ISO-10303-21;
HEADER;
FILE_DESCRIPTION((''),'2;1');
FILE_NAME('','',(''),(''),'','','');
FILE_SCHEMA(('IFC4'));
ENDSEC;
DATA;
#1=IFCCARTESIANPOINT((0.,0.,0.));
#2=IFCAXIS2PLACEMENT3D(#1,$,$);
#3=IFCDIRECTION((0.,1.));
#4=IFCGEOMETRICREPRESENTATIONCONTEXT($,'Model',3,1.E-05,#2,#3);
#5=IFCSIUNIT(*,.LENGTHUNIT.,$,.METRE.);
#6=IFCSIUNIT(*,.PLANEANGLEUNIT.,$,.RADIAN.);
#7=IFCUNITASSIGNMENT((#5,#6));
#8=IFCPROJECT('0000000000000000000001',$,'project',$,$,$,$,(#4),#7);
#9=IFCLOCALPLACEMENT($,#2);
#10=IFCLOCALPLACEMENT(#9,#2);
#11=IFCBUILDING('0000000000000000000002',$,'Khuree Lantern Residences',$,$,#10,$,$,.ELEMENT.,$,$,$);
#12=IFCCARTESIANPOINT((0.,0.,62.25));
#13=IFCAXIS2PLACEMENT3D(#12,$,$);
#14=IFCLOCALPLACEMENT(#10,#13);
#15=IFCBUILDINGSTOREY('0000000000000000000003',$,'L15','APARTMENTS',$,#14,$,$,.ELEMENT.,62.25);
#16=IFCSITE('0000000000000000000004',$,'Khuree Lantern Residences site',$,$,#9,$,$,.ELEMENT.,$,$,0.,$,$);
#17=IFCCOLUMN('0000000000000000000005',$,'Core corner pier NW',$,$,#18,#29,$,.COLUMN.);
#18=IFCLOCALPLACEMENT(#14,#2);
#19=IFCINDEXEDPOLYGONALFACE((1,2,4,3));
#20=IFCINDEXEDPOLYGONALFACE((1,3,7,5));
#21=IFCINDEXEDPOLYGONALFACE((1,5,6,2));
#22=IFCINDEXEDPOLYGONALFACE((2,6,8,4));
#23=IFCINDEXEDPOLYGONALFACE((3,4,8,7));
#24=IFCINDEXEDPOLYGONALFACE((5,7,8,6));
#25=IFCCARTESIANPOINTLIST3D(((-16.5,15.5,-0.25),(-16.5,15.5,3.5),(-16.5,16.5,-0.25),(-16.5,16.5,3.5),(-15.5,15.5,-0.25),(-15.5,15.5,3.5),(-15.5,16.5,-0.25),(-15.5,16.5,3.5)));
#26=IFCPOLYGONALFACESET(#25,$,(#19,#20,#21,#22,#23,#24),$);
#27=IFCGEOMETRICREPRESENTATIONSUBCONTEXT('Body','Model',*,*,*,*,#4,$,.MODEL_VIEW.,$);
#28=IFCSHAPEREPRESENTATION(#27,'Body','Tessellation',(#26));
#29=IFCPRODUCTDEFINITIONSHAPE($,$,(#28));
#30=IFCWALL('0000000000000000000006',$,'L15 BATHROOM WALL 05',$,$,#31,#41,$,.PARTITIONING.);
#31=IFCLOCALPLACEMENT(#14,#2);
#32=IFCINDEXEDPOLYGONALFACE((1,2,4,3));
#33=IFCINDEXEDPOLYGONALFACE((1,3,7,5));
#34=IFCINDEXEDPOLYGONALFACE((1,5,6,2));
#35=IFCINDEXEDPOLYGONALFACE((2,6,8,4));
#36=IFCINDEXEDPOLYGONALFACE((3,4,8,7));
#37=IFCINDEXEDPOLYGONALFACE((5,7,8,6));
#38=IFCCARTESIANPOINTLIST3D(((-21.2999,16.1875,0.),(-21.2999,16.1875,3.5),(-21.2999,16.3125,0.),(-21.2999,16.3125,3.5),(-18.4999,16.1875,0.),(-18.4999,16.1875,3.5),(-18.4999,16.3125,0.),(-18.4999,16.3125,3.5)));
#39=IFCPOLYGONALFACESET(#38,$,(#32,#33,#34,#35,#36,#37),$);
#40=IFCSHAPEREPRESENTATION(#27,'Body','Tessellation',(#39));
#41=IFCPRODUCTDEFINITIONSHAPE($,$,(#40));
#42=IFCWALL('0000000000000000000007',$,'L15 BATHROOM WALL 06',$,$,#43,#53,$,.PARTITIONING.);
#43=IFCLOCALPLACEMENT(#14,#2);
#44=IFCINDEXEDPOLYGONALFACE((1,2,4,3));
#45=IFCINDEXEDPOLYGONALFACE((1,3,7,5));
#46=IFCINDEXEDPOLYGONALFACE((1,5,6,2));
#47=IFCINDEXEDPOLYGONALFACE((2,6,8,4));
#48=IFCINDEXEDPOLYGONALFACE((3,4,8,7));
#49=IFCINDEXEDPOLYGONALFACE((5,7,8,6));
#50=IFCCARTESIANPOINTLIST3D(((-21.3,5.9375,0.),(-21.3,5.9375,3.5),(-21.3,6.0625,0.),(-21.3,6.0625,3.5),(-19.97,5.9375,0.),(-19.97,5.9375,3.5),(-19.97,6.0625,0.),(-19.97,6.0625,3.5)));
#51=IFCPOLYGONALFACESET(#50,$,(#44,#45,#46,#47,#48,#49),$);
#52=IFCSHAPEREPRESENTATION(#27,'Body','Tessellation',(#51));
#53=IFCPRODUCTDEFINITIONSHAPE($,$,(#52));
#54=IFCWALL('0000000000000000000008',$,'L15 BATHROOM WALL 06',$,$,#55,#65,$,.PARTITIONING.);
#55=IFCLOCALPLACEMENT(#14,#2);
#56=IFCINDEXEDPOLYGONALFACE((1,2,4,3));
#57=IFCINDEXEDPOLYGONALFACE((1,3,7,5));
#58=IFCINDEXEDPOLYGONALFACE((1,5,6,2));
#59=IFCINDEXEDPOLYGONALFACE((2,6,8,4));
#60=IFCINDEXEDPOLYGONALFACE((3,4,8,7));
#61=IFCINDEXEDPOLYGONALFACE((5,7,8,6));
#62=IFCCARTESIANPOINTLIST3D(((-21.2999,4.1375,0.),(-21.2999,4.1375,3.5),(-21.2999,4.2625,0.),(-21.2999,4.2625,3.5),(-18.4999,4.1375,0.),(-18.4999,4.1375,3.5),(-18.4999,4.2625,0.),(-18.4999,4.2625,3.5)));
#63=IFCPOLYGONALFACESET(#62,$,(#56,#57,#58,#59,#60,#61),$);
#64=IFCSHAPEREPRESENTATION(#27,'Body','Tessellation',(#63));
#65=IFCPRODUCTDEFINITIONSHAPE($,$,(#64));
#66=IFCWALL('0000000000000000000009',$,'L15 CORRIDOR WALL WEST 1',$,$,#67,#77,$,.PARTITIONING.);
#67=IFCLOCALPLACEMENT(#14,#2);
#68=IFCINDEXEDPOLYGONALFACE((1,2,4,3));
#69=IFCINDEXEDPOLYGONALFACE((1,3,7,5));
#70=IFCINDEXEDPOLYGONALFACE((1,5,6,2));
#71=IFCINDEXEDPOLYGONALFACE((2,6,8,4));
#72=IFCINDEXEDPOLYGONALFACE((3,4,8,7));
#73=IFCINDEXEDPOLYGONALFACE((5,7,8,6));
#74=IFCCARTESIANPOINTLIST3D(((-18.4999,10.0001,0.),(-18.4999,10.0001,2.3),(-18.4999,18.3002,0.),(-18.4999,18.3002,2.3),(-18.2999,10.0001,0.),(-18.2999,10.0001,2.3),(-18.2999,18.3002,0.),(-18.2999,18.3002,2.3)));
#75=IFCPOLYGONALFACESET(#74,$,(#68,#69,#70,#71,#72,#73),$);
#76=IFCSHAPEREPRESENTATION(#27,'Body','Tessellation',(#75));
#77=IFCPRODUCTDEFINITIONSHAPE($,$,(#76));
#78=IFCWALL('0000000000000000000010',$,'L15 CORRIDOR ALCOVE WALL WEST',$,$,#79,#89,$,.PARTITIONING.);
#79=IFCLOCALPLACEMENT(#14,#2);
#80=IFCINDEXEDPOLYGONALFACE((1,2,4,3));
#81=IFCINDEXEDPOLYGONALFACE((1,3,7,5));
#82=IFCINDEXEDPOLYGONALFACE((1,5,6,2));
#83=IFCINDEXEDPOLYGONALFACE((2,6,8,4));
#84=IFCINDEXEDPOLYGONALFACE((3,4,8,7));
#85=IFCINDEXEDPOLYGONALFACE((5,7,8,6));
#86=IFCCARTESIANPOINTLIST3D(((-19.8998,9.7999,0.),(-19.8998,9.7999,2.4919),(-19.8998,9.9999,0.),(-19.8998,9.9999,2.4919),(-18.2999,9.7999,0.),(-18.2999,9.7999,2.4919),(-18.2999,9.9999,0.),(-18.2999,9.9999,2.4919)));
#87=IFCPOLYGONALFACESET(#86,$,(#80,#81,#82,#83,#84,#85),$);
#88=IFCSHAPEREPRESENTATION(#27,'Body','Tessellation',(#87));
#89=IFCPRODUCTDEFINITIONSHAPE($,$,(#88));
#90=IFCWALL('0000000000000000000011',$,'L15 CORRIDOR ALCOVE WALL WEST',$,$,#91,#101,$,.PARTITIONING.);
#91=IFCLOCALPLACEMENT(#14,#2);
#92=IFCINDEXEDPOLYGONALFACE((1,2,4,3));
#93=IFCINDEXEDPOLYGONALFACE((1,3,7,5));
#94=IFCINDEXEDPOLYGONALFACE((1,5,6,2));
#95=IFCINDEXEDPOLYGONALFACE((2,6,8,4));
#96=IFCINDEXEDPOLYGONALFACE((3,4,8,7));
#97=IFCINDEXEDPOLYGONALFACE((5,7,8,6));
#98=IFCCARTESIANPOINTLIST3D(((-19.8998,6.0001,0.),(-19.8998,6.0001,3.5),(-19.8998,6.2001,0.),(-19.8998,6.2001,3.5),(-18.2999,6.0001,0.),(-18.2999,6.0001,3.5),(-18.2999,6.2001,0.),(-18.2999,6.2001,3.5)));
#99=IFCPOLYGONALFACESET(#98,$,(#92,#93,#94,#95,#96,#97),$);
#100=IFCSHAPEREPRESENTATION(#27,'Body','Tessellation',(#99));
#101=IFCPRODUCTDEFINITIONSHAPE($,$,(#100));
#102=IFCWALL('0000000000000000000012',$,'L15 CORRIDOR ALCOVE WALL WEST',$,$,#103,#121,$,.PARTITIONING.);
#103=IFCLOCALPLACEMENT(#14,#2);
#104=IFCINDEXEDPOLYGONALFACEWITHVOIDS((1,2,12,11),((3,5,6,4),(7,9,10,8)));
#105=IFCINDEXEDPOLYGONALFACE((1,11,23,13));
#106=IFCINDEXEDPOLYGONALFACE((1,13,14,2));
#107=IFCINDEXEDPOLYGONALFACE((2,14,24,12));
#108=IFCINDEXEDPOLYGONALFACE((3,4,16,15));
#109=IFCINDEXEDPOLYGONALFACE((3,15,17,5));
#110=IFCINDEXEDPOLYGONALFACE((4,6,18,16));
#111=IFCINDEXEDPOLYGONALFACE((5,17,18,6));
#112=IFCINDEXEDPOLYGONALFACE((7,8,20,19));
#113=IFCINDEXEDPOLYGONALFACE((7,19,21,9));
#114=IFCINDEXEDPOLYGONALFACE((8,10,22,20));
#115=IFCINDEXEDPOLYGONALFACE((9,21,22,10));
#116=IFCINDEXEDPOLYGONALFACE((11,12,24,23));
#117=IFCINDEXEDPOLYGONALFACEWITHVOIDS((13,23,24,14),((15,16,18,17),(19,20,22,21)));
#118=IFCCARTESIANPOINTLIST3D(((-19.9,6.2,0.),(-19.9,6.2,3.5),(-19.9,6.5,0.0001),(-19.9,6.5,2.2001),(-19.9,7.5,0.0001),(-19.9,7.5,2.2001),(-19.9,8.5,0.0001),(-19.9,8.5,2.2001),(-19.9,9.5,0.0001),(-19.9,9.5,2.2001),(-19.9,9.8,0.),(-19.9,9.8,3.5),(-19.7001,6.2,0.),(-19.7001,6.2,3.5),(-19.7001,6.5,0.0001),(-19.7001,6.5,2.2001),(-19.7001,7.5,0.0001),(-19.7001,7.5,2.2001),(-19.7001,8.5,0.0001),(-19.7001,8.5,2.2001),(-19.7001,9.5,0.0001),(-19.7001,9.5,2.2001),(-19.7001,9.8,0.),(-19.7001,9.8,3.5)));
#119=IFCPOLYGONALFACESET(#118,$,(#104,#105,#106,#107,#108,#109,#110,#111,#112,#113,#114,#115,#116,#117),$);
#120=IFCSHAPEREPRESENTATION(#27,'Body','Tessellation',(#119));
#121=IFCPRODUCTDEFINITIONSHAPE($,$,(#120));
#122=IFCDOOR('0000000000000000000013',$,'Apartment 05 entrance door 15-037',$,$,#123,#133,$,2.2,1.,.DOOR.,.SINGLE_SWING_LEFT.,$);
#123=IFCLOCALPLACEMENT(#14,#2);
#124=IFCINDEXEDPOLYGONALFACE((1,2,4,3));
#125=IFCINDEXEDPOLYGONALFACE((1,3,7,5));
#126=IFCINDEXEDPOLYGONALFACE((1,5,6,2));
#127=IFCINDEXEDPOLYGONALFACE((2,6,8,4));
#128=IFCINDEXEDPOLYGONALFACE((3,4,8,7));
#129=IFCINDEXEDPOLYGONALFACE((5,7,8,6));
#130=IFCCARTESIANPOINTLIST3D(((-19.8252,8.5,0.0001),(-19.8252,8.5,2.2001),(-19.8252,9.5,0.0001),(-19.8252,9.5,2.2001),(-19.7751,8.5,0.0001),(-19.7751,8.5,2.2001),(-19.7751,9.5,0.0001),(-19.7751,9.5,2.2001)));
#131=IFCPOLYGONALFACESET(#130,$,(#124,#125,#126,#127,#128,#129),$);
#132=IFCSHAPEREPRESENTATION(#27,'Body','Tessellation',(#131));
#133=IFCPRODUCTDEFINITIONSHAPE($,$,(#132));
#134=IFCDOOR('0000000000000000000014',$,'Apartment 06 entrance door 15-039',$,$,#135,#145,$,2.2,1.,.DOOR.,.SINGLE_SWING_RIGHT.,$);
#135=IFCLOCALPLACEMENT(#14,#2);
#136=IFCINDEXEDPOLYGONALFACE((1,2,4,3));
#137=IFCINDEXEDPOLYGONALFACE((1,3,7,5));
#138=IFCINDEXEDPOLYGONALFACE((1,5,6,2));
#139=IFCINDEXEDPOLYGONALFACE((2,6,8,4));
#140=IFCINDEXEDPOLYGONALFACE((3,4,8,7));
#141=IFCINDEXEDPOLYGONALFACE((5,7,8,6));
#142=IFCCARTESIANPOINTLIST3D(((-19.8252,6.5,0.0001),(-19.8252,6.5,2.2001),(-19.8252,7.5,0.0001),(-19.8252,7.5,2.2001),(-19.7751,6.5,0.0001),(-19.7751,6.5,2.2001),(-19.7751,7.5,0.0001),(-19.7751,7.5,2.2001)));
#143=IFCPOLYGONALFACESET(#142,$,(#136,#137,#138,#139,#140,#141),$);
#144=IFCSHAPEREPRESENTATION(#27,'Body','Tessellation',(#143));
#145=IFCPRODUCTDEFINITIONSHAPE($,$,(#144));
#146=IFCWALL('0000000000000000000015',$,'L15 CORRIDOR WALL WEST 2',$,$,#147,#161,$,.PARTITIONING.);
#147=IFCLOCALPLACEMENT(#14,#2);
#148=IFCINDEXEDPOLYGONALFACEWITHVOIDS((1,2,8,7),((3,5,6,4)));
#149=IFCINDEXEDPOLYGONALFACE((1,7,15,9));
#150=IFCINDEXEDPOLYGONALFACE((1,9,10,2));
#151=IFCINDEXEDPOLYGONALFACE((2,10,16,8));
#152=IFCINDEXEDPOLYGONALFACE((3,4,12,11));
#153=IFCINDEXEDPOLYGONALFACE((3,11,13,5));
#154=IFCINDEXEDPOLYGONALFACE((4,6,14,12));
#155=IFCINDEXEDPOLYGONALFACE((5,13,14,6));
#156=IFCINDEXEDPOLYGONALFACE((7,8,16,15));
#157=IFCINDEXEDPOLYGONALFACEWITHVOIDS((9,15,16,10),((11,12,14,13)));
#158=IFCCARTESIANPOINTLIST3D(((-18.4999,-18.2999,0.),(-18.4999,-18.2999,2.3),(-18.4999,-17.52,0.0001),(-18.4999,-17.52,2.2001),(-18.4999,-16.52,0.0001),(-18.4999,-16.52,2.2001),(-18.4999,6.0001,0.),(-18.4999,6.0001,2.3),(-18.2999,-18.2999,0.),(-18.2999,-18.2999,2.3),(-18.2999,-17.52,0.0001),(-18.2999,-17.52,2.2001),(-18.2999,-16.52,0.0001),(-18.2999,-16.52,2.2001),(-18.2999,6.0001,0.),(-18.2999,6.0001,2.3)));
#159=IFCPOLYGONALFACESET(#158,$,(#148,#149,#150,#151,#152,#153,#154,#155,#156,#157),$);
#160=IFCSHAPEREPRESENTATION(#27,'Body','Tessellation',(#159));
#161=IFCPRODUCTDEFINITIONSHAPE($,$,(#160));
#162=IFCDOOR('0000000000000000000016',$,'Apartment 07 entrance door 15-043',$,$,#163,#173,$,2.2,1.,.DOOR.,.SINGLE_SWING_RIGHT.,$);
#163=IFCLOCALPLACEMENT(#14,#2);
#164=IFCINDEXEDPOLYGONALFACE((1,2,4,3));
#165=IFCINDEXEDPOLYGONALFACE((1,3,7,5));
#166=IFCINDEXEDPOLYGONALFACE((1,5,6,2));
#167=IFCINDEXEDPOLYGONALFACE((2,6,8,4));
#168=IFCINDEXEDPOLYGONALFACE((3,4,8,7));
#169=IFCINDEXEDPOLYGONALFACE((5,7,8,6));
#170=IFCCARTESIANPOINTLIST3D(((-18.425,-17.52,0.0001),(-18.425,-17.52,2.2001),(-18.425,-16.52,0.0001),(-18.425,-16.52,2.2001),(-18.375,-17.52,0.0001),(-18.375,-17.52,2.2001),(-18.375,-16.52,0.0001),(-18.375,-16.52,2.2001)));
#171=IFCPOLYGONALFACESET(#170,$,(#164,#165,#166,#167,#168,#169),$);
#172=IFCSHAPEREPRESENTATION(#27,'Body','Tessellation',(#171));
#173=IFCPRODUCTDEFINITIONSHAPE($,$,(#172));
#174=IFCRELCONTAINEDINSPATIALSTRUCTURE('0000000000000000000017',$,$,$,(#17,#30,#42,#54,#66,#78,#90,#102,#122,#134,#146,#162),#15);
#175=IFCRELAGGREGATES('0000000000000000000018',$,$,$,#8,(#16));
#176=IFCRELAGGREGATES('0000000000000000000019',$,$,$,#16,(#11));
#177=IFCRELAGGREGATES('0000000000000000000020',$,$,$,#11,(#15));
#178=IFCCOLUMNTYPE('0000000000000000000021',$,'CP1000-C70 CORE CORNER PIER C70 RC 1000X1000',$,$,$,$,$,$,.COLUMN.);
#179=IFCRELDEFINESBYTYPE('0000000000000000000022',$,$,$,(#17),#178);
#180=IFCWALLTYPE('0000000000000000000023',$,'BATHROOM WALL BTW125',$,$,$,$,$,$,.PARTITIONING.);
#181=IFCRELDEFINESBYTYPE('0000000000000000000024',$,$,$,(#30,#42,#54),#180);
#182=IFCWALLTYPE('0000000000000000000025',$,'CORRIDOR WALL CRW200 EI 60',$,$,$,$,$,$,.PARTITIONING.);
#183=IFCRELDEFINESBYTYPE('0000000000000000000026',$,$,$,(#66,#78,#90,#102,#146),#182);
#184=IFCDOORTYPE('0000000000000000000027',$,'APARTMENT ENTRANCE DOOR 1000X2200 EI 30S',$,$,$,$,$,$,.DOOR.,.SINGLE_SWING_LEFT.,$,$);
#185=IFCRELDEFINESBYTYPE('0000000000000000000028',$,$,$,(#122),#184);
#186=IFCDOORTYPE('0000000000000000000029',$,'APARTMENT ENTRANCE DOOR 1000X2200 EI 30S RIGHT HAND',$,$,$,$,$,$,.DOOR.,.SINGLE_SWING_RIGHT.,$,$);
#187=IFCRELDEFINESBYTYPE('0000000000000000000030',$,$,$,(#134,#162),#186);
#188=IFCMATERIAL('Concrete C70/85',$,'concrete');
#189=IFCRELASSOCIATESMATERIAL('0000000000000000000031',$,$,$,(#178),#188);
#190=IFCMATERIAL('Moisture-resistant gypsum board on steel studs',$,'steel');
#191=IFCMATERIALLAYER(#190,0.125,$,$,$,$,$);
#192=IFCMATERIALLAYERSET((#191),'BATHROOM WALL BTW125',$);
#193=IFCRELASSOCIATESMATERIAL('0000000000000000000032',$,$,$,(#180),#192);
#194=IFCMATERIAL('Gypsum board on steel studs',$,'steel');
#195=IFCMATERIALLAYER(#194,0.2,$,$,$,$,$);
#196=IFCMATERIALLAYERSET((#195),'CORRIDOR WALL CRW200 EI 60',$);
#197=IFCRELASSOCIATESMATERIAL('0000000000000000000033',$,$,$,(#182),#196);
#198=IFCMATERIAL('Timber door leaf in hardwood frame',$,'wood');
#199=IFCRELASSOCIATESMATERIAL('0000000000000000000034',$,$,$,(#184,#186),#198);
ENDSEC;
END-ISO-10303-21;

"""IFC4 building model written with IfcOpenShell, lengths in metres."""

from ifc_helpers import new_model, si_unit, direction, frame, frame_2d, origin, origin_2d, place, context, subcontext, project, spatial, rectangle, extrude, material, layer, layer_set, material_profile, profile_set, type_object, element, fill, save


model = new_model("IFC4")

# Units and contexts
model_context = context("Model", 3, precision=1e-05, world=origin(), true_north=direction((0.0, 1.0)))
body_context = subcontext(model_context, "Body", "Model", "MODEL_VIEW")
ifc_project = project(units=[si_unit("LENGTHUNIT", "METRE"), si_unit("PLANEANGLEUNIT", "RADIAN")], contexts=[model_context])

# Site, building, storey
site_placement = place(None, origin())
site = spatial("IfcSite", under=ifc_project, at=site_placement, Name="Khuree Lantern Residences site", CompositionType="ELEMENT", RefElevation=0.0)
building_placement = place(site_placement, origin())
building = spatial("IfcBuilding", under=site, at=building_placement, Name="Khuree Lantern Residences", CompositionType="ELEMENT")
storey_placement = place(building_placement, frame((0.0, 0.0, 62.25)))
storey = spatial("IfcBuildingStorey", under=building, at=storey_placement, Name="L15", Description="APARTMENTS", CompositionType="ELEMENT", Elevation=62.25)

# Column
ifc_material_1 = material(Name="Concrete C70/85", Category="concrete")
ifc_material_profile = material_profile(ifc_material_1, rectangle(XDim=1.0, YDim=1.0, at=origin_2d()), Name="RC 1000X1000")
ifc_profile_set = profile_set([ifc_material_profile], Name="Concrete C70/85")
column_type = type_object("IfcColumnType", Name="CP1000-C70 CORE CORNER PIER C70 RC 1000X1000", PredefinedType="COLUMN", material=ifc_profile_set)
column_placement = place(storey_placement, frame((-16.0, 16.0, -0.25), z_axis=(0.0, 0.0, 1.0), x_axis=(1.0, 0.0, 0.0)))
element("IfcColumn", 1, at=column_placement, inside=storey, type_object=column_type, Name="Core corner pier NW", PredefinedType="COLUMN", context=body_context, shape_type="SweptSolid", body=[
    extrude(rectangle(XDim=1.0, YDim=1.0, at=origin_2d()), origin(), (0.0, 0.0, 1.0), 3.75),
])

# Walls
ifc_material_2 = material(Name="Moisture-resistant gypsum board on steel studs", Category="steel")
ifc_layer_1 = layer(ifc_material_2, 0.125)
ifc_layer_set_1 = layer_set([ifc_layer_1], Name="BATHROOM WALL BTW125")
wall_type_1 = type_object("IfcWallType", Name="BATHROOM WALL BTW125", PredefinedType="PARTITIONING", material=ifc_layer_set_1)
wall_1_placement = place(storey_placement, frame((-18.5, 16.25, 0.0), z_axis=(0.0, 0.0, 1.0), x_axis=(-1.0, 0.0, 0.0)))
element("IfcWall", 2, at=wall_1_placement, inside=storey, type_object=wall_type_1, Name="L15 BATHROOM WALL 05", PredefinedType="PARTITIONING", context=body_context, shape_type="SweptSolid", body=[
    extrude(rectangle(XDim=2.8, YDim=0.125, at=frame_2d((1.3999, 0.0))), origin(), (0.0, 0.0, 1.0), 3.5),
])
wall_2_placement = place(storey_placement, frame((-19.97, 6.0, 0.0), z_axis=(0.0, 0.0, 1.0), x_axis=(-1.0, 0.0, 0.0)))
element("IfcWall", 3, at=wall_2_placement, inside=storey, type_object=wall_type_1, Name="L15 BATHROOM WALL 06", PredefinedType="PARTITIONING", context=body_context, shape_type="SweptSolid", body=[
    extrude(rectangle(XDim=1.3301, YDim=0.125, at=frame_2d((0.665, 0.0))), origin(), (0.0, 0.0, 1.0), 3.5),
])
wall_3_placement = place(storey_placement, frame((-18.5, 4.2, 0.0), z_axis=(0.0, 0.0, 1.0), x_axis=(-1.0, 0.0, 0.0)))
element("IfcWall", 4, at=wall_3_placement, inside=storey, type_object=wall_type_1, Name="L15 BATHROOM WALL 06", PredefinedType="PARTITIONING", context=body_context, shape_type="SweptSolid", body=[
    extrude(rectangle(XDim=2.8, YDim=0.125, at=frame_2d((1.3999, 0.0))), origin(), (0.0, 0.0, 1.0), 3.5),
])
ifc_material_3 = material(Name="Gypsum board on steel studs", Category="steel")
ifc_layer_2 = layer(ifc_material_3, 0.2)
ifc_layer_set_2 = layer_set([ifc_layer_2], Name="CORRIDOR WALL CRW200 EI 60")
wall_type_2 = type_object("IfcWallType", Name="CORRIDOR WALL CRW200 EI 60", PredefinedType="PARTITIONING", material=ifc_layer_set_2)
wall_4_placement = place(storey_placement, frame((-18.3999, 18.3, 0.0), z_axis=(0.0, 0.0, 1.0), x_axis=(0.0, -1.0, 0.0)))
element("IfcWall", 5, at=wall_4_placement, inside=storey, type_object=wall_type_2, Name="L15 CORRIDOR WALL WEST 1", PredefinedType="PARTITIONING", context=body_context, shape_type="SweptSolid", body=[
    extrude(rectangle(XDim=8.3, YDim=0.2, at=frame_2d((4.1499, 0.0))), origin(), (0.0, 0.0, 1.0), 2.3),
])
wall_5_placement = place(storey_placement, frame((-18.3, 9.8999, 0.0), z_axis=(0.0, 0.0, 1.0), x_axis=(-1.0, 0.0, 0.0)))
element("IfcWall", 6, at=wall_5_placement, inside=storey, type_object=wall_type_2, Name="L15 CORRIDOR ALCOVE WALL WEST", PredefinedType="PARTITIONING", context=body_context, shape_type="SweptSolid", body=[
    extrude(rectangle(XDim=1.5999, YDim=0.2, at=frame_2d((0.7998, 0.0))), origin(), (0.0, 0.0, 1.0), 2.4919),
])
wall_6_placement = place(storey_placement, frame((-18.3, 6.1001, 0.0), z_axis=(0.0, 0.0, 1.0), x_axis=(-1.0, 0.0, 0.0)))
element("IfcWall", 7, at=wall_6_placement, inside=storey, type_object=wall_type_2, Name="L15 CORRIDOR ALCOVE WALL WEST", PredefinedType="PARTITIONING", context=body_context, shape_type="SweptSolid", body=[
    extrude(rectangle(XDim=1.5999, YDim=0.2, at=frame_2d((0.7998, 0.0))), origin(), (0.0, 0.0, 1.0), 3.5),
])

# Wall, openings, doors
wall_7_placement = place(storey_placement, frame((-19.8, 9.8, 0.0), z_axis=(0.0, 0.0, 1.0), x_axis=(0.0, -1.0, 0.0)))
wall_7 = element("IfcWall", 8, at=wall_7_placement, inside=storey, type_object=wall_type_2, Name="L15 CORRIDOR ALCOVE WALL WEST", PredefinedType="PARTITIONING", context=body_context, shape_type="SweptSolid", body=[
    extrude(rectangle(XDim=3.6001, YDim=0.2, at=frame_2d((1.8, 0.0))), origin(), (0.0, 0.0, 1.0), 3.5),
])
opening_1_placement = place(wall_7_placement, frame((0.3, 0.0, 0.0)))
opening_1 = element("IfcOpeningElement", 9, at=opening_1_placement, cuts=wall_7, PredefinedType="OPENING", context=body_context, shape_type="SweptSolid", body=[
    extrude(rectangle(XDim=1.0, YDim=2.2, at=frame_2d((0.5, 1.1001))), frame((0.0, 0.1099, 0.0), z_axis=(0.0, -1.0, 0.0), x_axis=(1.0, 0.0, 0.0)), (0.0, 0.0, 1.0), 0.22),
])
opening_2_placement = place(wall_7_placement, frame((2.3, 0.0, 0.0)))
opening_2 = element("IfcOpeningElement", 10, at=opening_2_placement, cuts=wall_7, PredefinedType="OPENING", context=body_context, shape_type="SweptSolid", body=[
    extrude(rectangle(XDim=1.0, YDim=2.2, at=frame_2d((0.5, 1.1001))), frame((0.0, 0.1099, 0.0), z_axis=(0.0, -1.0, 0.0), x_axis=(1.0, 0.0, 0.0)), (0.0, 0.0, 1.0), 0.22),
])
ifc_material_4 = material(Name="Timber door leaf in hardwood frame", Category="wood")
door_type_1 = type_object("IfcDoorType", Name="APARTMENT ENTRANCE DOOR 1000X2200 EI 30S", OperationType="SINGLE_SWING_LEFT", PredefinedType="DOOR", material=ifc_material_4)
door_1_placement = place(opening_1_placement, origin())
door_1 = element("IfcDoor", 11, at=door_1_placement, inside=storey, type_object=door_type_1, Name="Apartment 05 entrance door 15-037", OperationType="SINGLE_SWING_LEFT", OverallHeight=2.2, OverallWidth=1.0, PredefinedType="DOOR", context=body_context, shape_type="SweptSolid", body=[
    extrude(rectangle(XDim=1.0, YDim=2.2, at=frame_2d((0.5, 1.1001))), frame((0.0, 0.0249, 0.0), z_axis=(0.0, -1.0, 0.0), x_axis=(1.0, 0.0, 0.0)), (0.0, 0.0, 1.0), 0.05),
])
fill(opening_1, door_1)
door_type_2 = type_object("IfcDoorType", Name="APARTMENT ENTRANCE DOOR 1000X2200 EI 30S RIGHT HAND", OperationType="SINGLE_SWING_RIGHT", PredefinedType="DOOR", material=ifc_material_4)
door_2_placement = place(opening_2_placement, origin())
door_2 = element("IfcDoor", 12, at=door_2_placement, inside=storey, type_object=door_type_2, Name="Apartment 06 entrance door 15-039", OperationType="SINGLE_SWING_RIGHT", OverallHeight=2.2, OverallWidth=1.0, PredefinedType="DOOR", context=body_context, shape_type="SweptSolid", body=[
    extrude(rectangle(XDim=1.0, YDim=2.2, at=frame_2d((0.5, 1.1001))), frame((0.0, 0.0249, 0.0), z_axis=(0.0, -1.0, 0.0), x_axis=(1.0, 0.0, 0.0)), (0.0, 0.0, 1.0), 0.05),
])
fill(opening_2, door_2)

# Wall, opening, door
wall_8_placement = place(storey_placement, frame((-18.3999, 6.0, 0.0), z_axis=(0.0, 0.0, 1.0), x_axis=(0.0, -1.0, 0.0)))
wall_8 = element("IfcWall", 13, at=wall_8_placement, inside=storey, type_object=wall_type_2, Name="L15 CORRIDOR WALL WEST 2", PredefinedType="PARTITIONING", context=body_context, shape_type="SweptSolid", body=[
    extrude(rectangle(XDim=24.3, YDim=0.2, at=frame_2d((12.1499, 0.0))), origin(), (0.0, 0.0, 1.0), 2.3),
])
opening_3_placement = place(wall_8_placement, frame((22.52, 0.0, 0.0)))
opening_3 = element("IfcOpeningElement", 14, at=opening_3_placement, cuts=wall_8, PredefinedType="OPENING", context=body_context, shape_type="SweptSolid", body=[
    extrude(rectangle(XDim=1.0, YDim=2.2, at=frame_2d((0.5, 1.1001))), frame((0.0, 0.1099, 0.0), z_axis=(0.0, -1.0, 0.0), x_axis=(1.0, 0.0, 0.0)), (0.0, 0.0, 1.0), 0.22),
])
door_3_placement = place(opening_3_placement, origin())
door_3 = element("IfcDoor", 15, at=door_3_placement, inside=storey, type_object=door_type_2, Name="Apartment 07 entrance door 15-043", OperationType="SINGLE_SWING_RIGHT", OverallHeight=2.2, OverallWidth=1.0, PredefinedType="DOOR", context=body_context, shape_type="SweptSolid", body=[
    extrude(rectangle(XDim=1.0, YDim=2.2, at=frame_2d((0.5, 1.1001))), frame((0.0, 0.0249, 0.0), z_axis=(0.0, -1.0, 0.0), x_axis=(1.0, 0.0, 0.0)), (0.0, 0.0, 1.0), 0.05),
])
fill(opening_3, door_3)

save(model, "model.ifc")
